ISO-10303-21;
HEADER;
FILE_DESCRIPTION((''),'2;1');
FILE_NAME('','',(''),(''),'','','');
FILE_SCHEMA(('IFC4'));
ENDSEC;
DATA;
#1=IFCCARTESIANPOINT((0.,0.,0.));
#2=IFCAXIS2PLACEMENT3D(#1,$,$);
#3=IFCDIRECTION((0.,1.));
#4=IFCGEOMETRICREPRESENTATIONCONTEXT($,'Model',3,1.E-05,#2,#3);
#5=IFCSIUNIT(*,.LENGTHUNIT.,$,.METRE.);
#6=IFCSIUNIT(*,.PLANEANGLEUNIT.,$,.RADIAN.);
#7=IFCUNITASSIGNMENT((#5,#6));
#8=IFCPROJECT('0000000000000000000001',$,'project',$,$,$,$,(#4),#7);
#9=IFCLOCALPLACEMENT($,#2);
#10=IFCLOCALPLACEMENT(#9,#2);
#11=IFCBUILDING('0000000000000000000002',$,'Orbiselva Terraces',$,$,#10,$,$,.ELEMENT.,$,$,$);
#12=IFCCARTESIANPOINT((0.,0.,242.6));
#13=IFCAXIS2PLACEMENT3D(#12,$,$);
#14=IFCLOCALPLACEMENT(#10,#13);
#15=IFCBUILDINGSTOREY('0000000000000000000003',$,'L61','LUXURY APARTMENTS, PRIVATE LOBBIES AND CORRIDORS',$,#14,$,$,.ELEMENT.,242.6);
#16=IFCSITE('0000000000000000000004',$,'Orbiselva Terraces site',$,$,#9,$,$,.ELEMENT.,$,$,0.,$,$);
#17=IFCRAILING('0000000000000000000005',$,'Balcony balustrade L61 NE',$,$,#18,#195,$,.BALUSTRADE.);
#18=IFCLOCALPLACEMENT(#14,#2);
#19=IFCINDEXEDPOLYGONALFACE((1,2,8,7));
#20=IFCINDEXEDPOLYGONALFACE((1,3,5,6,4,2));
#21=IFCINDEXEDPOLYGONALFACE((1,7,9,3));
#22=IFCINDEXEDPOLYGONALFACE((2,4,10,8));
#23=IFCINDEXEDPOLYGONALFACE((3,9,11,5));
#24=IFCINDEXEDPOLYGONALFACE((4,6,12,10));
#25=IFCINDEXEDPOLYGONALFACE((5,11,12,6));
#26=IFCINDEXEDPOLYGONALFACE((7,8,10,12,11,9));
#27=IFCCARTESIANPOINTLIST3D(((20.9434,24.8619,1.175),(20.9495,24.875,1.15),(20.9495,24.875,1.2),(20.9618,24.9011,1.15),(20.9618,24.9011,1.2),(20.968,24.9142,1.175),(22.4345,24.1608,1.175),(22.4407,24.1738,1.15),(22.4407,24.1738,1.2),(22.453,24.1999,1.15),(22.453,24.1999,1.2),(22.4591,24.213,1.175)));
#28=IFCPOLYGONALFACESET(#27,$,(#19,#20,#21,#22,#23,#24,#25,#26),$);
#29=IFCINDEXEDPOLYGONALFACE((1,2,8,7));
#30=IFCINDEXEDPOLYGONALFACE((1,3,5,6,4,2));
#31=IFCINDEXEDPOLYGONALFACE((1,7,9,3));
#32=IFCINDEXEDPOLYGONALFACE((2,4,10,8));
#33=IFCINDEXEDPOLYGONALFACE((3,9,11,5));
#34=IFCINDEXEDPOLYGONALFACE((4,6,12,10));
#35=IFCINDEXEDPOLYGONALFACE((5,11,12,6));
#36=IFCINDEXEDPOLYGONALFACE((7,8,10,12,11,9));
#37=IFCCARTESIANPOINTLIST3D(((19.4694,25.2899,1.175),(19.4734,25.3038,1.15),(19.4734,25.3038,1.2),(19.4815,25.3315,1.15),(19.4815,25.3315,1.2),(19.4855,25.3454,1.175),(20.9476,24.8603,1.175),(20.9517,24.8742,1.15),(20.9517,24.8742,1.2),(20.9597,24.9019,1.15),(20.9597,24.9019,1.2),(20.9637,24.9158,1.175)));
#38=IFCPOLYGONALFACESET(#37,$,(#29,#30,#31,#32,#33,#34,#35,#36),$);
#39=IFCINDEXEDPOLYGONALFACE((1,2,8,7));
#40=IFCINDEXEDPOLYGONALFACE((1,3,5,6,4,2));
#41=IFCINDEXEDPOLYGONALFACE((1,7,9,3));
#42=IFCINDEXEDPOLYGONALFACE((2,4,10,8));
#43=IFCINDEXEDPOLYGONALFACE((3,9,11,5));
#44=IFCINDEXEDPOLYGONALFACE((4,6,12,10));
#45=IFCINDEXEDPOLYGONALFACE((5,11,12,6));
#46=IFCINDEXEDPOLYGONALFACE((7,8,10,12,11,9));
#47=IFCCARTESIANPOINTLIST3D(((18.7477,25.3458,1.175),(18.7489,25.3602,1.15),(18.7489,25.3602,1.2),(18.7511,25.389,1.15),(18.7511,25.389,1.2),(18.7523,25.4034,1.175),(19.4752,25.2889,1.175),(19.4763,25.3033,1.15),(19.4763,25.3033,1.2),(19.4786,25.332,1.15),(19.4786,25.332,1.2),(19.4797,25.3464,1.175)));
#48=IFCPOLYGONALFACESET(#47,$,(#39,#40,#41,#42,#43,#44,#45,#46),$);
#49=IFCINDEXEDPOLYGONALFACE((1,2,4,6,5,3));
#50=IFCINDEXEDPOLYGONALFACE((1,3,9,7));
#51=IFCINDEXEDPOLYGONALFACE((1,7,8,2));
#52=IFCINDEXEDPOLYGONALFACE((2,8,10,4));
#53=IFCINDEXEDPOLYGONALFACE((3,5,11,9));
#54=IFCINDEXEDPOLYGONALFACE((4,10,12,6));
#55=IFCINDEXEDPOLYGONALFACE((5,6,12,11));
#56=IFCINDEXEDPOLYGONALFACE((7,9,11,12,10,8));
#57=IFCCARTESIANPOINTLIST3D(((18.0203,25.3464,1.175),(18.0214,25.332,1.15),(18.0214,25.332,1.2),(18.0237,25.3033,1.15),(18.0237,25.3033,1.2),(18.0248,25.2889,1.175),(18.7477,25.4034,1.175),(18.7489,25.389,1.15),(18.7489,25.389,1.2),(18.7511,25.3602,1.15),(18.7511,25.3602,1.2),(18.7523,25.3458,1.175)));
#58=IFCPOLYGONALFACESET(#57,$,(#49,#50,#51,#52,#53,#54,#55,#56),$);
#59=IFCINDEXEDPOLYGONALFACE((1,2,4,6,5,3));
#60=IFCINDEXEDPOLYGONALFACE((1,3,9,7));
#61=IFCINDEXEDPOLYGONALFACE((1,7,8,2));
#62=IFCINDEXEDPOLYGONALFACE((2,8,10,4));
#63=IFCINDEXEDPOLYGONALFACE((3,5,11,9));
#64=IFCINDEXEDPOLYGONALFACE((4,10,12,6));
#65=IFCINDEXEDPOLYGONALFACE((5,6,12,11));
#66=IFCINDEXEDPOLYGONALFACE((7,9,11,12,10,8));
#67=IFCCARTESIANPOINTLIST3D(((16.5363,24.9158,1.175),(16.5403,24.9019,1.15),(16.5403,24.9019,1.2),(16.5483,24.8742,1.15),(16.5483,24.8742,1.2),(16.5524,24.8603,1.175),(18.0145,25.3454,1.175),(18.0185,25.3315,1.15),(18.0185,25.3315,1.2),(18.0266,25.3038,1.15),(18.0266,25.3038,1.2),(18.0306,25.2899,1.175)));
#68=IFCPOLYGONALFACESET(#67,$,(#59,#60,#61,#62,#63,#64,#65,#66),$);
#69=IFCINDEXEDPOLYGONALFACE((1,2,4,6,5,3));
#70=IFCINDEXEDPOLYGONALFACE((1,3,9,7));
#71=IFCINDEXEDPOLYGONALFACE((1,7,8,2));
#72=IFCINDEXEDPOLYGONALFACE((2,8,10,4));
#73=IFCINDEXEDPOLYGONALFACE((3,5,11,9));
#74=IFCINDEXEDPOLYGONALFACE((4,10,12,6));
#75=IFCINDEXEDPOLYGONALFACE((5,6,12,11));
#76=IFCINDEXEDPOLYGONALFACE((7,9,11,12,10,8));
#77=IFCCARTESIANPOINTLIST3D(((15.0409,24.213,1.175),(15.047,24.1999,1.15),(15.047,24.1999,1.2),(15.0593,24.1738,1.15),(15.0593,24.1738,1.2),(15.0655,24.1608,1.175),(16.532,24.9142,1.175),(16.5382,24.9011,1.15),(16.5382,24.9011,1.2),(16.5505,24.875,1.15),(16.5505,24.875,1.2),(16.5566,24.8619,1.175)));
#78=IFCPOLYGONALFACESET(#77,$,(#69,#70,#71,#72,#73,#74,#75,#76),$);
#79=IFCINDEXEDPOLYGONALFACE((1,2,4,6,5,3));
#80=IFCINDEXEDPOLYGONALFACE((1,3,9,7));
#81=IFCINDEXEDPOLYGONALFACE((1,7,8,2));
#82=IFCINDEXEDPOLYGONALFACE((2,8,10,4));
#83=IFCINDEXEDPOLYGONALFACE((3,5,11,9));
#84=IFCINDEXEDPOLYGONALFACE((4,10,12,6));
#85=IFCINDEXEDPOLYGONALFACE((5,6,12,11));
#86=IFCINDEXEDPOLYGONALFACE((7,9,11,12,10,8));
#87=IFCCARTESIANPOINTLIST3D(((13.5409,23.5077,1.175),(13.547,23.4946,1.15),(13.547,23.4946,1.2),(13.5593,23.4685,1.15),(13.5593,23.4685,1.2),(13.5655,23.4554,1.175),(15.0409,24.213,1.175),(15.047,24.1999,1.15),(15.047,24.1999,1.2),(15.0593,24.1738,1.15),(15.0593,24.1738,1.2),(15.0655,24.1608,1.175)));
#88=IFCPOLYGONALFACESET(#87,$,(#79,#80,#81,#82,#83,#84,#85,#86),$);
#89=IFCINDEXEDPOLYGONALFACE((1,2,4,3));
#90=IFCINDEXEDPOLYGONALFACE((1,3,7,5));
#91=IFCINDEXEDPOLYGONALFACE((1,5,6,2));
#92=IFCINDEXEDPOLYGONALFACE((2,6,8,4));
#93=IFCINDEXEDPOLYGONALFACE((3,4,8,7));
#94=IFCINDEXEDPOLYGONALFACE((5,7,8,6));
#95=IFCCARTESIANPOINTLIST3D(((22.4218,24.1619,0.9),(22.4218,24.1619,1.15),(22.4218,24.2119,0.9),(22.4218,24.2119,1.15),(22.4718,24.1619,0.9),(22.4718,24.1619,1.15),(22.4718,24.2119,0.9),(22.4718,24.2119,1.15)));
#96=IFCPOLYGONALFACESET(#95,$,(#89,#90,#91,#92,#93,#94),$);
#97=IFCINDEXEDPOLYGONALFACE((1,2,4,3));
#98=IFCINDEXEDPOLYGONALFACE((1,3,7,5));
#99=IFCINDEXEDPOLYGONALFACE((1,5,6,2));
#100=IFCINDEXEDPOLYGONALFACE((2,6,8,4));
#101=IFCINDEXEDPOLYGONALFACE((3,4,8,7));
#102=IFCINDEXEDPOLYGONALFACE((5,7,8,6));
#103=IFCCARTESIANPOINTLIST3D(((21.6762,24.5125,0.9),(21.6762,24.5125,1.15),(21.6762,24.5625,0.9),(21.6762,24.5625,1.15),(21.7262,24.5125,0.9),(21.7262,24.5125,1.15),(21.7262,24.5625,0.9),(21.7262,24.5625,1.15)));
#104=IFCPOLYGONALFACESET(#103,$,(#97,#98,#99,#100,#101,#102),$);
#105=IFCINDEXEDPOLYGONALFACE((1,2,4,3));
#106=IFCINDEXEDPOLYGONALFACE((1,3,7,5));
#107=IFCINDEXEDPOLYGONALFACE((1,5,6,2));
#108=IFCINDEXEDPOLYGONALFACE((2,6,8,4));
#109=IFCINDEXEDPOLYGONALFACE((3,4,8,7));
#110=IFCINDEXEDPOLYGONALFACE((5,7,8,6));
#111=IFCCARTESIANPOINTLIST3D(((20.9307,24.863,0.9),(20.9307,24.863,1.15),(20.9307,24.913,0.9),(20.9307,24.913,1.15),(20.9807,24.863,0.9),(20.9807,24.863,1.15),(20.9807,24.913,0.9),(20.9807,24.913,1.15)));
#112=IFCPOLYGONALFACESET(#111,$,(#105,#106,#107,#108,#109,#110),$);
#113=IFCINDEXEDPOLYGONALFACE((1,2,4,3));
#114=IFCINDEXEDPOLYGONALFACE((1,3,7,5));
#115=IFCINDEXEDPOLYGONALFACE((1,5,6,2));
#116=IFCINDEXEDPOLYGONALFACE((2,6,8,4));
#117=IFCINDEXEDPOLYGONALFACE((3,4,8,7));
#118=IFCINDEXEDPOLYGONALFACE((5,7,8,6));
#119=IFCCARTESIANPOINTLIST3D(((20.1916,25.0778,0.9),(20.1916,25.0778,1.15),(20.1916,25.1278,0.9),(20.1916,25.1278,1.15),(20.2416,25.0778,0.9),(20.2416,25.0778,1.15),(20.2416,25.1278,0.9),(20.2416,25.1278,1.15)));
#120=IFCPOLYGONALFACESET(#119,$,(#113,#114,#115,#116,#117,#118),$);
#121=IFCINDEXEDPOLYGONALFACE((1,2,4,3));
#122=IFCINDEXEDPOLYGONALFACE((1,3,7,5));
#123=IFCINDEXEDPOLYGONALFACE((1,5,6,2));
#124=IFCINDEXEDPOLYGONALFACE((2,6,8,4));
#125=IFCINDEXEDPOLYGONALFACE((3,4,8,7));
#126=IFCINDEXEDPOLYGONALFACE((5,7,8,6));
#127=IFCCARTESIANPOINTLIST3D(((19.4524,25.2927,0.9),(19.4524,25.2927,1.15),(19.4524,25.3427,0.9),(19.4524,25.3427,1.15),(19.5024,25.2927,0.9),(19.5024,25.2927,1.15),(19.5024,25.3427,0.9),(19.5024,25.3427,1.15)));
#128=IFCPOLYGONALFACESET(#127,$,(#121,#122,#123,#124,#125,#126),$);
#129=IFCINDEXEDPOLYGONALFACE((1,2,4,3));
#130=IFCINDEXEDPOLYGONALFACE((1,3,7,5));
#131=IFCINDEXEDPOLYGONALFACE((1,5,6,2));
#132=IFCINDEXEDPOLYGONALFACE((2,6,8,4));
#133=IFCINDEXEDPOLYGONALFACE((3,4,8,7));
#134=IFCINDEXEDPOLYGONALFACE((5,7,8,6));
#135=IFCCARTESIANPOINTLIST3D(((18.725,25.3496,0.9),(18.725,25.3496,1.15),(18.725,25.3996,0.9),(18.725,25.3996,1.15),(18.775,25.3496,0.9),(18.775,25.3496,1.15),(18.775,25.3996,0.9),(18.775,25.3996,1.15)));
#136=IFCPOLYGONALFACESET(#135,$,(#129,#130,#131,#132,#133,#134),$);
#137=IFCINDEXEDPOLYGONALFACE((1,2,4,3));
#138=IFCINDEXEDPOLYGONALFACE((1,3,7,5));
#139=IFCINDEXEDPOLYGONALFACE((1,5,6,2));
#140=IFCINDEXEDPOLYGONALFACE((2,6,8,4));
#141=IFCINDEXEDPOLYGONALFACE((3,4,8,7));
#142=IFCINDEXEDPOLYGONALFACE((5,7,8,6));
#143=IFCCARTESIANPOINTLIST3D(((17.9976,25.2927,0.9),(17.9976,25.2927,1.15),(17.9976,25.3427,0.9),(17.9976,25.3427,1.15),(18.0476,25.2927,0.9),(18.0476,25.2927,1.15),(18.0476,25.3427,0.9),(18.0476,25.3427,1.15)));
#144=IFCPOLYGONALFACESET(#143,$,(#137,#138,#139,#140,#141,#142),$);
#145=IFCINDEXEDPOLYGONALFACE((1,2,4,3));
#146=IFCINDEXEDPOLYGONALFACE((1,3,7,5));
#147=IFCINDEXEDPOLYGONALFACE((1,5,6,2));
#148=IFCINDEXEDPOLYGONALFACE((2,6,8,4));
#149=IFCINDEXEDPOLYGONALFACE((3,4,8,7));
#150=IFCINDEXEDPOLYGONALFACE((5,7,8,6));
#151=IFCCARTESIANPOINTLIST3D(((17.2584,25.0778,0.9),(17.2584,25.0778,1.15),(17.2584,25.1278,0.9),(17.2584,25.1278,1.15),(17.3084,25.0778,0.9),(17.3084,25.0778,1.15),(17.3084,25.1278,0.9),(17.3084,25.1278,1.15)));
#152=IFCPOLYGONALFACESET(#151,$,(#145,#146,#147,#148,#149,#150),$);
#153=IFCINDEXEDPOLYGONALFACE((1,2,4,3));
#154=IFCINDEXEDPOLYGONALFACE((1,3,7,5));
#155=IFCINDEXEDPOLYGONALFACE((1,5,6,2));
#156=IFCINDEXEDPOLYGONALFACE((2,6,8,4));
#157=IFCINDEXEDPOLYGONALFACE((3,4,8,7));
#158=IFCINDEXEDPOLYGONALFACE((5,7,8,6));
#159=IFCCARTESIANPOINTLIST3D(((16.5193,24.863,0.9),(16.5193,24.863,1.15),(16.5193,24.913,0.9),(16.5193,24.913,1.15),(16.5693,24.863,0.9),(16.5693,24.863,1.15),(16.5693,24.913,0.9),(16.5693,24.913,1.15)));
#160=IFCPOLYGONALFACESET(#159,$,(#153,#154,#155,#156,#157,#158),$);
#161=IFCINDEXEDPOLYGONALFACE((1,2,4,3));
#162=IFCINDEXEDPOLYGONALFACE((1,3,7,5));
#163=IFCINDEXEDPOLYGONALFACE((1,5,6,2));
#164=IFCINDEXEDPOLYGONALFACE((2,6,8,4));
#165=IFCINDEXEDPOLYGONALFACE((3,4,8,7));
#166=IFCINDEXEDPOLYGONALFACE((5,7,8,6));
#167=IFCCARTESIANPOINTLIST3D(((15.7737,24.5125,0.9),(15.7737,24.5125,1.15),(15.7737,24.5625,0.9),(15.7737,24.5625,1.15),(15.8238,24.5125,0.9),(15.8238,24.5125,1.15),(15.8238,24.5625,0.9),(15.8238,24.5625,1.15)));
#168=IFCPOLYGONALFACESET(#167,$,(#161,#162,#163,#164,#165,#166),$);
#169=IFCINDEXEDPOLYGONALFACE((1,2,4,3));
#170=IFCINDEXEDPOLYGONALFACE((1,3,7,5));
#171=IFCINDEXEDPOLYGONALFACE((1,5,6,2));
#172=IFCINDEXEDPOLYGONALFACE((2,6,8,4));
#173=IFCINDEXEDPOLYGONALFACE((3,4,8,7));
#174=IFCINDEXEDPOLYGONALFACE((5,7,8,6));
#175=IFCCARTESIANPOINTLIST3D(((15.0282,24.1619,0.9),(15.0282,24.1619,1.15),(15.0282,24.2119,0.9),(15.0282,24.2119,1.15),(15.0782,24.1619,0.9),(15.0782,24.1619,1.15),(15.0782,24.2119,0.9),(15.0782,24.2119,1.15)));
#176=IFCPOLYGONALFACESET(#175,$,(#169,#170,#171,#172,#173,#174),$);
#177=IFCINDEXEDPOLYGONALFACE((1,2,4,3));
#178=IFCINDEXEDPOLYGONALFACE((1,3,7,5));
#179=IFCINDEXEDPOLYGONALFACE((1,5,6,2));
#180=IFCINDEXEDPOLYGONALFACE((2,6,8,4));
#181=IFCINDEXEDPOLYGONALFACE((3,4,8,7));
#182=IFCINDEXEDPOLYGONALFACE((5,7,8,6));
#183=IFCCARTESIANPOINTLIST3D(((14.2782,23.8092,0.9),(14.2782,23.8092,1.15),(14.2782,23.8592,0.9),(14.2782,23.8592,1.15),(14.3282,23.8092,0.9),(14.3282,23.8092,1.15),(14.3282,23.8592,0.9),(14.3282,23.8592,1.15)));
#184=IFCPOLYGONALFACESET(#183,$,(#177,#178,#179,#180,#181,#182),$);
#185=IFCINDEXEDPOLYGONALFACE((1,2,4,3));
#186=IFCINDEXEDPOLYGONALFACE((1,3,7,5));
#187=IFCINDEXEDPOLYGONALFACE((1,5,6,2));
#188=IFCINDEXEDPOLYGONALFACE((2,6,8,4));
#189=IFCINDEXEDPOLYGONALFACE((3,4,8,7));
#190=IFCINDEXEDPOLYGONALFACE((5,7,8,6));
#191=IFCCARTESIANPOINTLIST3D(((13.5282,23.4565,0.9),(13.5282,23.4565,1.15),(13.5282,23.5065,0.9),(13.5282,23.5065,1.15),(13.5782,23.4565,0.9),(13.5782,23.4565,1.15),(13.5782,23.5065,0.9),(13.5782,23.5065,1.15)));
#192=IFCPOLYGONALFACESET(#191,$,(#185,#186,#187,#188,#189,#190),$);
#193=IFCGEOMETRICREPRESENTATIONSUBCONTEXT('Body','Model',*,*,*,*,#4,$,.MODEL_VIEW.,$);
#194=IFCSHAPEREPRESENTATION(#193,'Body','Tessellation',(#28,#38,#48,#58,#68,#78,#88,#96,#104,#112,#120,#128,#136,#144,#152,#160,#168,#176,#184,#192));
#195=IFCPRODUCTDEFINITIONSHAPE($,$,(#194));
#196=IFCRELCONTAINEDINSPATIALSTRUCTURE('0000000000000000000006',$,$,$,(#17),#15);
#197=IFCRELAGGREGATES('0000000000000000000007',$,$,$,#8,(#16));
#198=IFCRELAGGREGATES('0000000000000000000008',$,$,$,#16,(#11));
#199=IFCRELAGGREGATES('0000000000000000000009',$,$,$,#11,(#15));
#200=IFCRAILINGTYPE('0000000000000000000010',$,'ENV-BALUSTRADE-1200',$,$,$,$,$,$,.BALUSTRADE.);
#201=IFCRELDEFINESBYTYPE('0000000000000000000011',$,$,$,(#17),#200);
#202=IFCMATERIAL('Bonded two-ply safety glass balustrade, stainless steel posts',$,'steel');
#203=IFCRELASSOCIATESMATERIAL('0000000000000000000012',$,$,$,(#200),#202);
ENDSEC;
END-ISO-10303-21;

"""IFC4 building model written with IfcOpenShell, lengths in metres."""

from ifc_helpers import new_model, si_unit, direction, frame, origin, origin_2d, place, context, subcontext, project, spatial, polyline, rectangle, outline, extrude, material, type_object, element, save


model = new_model("IFC4")

# Units and contexts
model_context = context("Model", 3, precision=1e-05, world=origin(), true_north=direction((0.0, 1.0)))
body_context = subcontext(model_context, "Body", "Model", "MODEL_VIEW")
ifc_project = project(units=[si_unit("LENGTHUNIT", "METRE"), si_unit("PLANEANGLEUNIT", "RADIAN")], contexts=[model_context])

# Site, building, storey
site_placement = place(None, origin())
site = spatial("IfcSite", under=ifc_project, at=site_placement, Name="Orbiselva Terraces site", CompositionType="ELEMENT", RefElevation=0.0)
building_placement = place(site_placement, origin())
building = spatial("IfcBuilding", under=site, at=building_placement, Name="Orbiselva Terraces", CompositionType="ELEMENT")
storey_placement = place(building_placement, frame((0.0, 0.0, 242.6)))
storey = spatial("IfcBuildingStorey", under=building, at=storey_placement, Name="L61", Description="LUXURY APARTMENTS, PRIVATE LOBBIES AND CORRIDORS", CompositionType="ELEMENT", Elevation=242.6)

# Railing
ifc_material_1 = material(Name="Bonded two-ply safety glass balustrade, stainless steel posts", Category="steel")
railing_type_1 = type_object("IfcRailingType", Name="ENV-BALUSTRADE-1200", PredefinedType="BALUSTRADE", material=ifc_material_1)
railing_1_placement = place(storey_placement, frame((22.4468, 24.1869, 0.9)))
element("IfcRailing", 1, at=railing_1_placement, inside=storey, type_object=railing_type_1, Name="Balcony balustrade L61 NE", PredefinedType="BALUSTRADE", context=body_context, shape_type="SweptSolid", body=[
    extrude(outline(polyline([(0.0289, 0.0), (0.0144, 0.025), (-0.0144, 0.025), (-0.0289, 0.0), (-0.0144, -0.025), (0.0144, -0.025), (0.0289, 0.0)])), frame((0.0, 0.0, 0.275), z_axis=(-0.904944, 0.42553, 0.0), x_axis=(-0.42553, -0.904944, 0.0)), (0.0, 0.0, 1.0), 1.6477),
    extrude(outline(polyline([(0.0289, 0.0), (0.0144, 0.025), (-0.0144, 0.025), (-0.0289, 0.0), (-0.0144, -0.025), (0.0144, -0.025), (0.0289, 0.0)])), frame((-1.4911, 0.7012, 0.275), z_axis=(-0.96027, 0.279072, 0.0), x_axis=(-0.279072, -0.96027, 0.0)), (0.0, 0.0, 1.0), 1.5394),
    extrude(outline(polyline([(0.0289, 0.0), (0.0144, 0.025), (-0.0144, 0.025), (-0.0289, 0.0), (-0.0144, -0.025), (0.0144, -0.025), (0.0289, 0.0)])), frame((-2.9694, 1.1308, 0.275), z_axis=(-0.996948, 0.07807, 0.0), x_axis=(-0.07807, -0.996948, 0.0)), (0.0, 0.0, 1.0), 0.7297),
    extrude(outline(polyline([(0.0289, 0.0), (0.0144, 0.025), (-0.0144, 0.025), (-0.0289, 0.0), (-0.0144, -0.025), (0.0144, -0.025), (0.0289, 0.0)])), frame((-3.6968, 1.1877, 0.275), z_axis=(-0.996948, -0.07807, 0.0), x_axis=(0.07807, -0.996948, 0.0)), (0.0, 0.0, 1.0), 0.7297),
    extrude(outline(polyline([(0.0289, 0.0), (0.0144, 0.025), (-0.0144, 0.025), (-0.0289, 0.0), (-0.0144, -0.025), (0.0144, -0.025), (0.0289, 0.0)])), frame((-4.4243, 1.1308, 0.275), z_axis=(-0.96027, -0.279072, 0.0), x_axis=(0.279072, -0.96027, 0.0)), (0.0, 0.0, 1.0), 1.5394),
    extrude(outline(polyline([(0.0289, 0.0), (0.0144, 0.025), (-0.0144, 0.025), (-0.0289, 0.0), (-0.0144, -0.025), (0.0144, -0.025), (0.0289, 0.0)])), frame((-5.9025, 0.7012, 0.275), z_axis=(-0.904944, -0.42553, 0.0), x_axis=(0.42553, -0.904944, 0.0)), (0.0, 0.0, 1.0), 1.6477),
    extrude(outline(polyline([(0.0289, 0.0), (0.0144, 0.025), (-0.0144, 0.025), (-0.0289, 0.0), (-0.0144, -0.025), (0.0144, -0.025), (0.0289, 0.0)])), frame((-7.3936, 0.0, 0.275), z_axis=(-0.904944, -0.42553, 0.0), x_axis=(0.42553, -0.904944, 0.0)), (0.0, 0.0, 1.0), 1.6576),
    extrude(rectangle(XDim=0.05, YDim=0.05, at=origin_2d()), origin(), (0.0, 0.0, 1.0), 0.25),
    extrude(rectangle(XDim=0.05, YDim=0.05, at=origin_2d()), frame((-0.7456, 0.3506, 0.0)), (0.0, 0.0, 1.0), 0.25),
    extrude(rectangle(XDim=0.05, YDim=0.05, at=origin_2d()), frame((-1.4911, 0.7012, 0.0)), (0.0, 0.0, 1.0), 0.25),
    extrude(rectangle(XDim=0.05, YDim=0.05, at=origin_2d()), frame((-2.2302, 0.916, 0.0)), (0.0, 0.0, 1.0), 0.25),
    extrude(rectangle(XDim=0.05, YDim=0.05, at=origin_2d()), frame((-2.9694, 1.1308, 0.0)), (0.0, 0.0, 1.0), 0.25),
    extrude(rectangle(XDim=0.05, YDim=0.05, at=origin_2d()), frame((-3.6968, 1.1877, 0.0)), (0.0, 0.0, 1.0), 0.25),
    extrude(rectangle(XDim=0.05, YDim=0.05, at=origin_2d()), frame((-4.4243, 1.1308, 0.0)), (0.0, 0.0, 1.0), 0.25),
    extrude(rectangle(XDim=0.05, YDim=0.05, at=origin_2d()), frame((-5.1634, 0.916, 0.0)), (0.0, 0.0, 1.0), 0.25),
    extrude(rectangle(XDim=0.05, YDim=0.05, at=origin_2d()), frame((-5.9025, 0.7012, 0.0)), (0.0, 0.0, 1.0), 0.25),
    extrude(rectangle(XDim=0.05, YDim=0.05, at=origin_2d()), frame((-6.6481, 0.3506, 0.0)), (0.0, 0.0, 1.0), 0.25),
    extrude(rectangle(XDim=0.05, YDim=0.05, at=origin_2d()), frame((-7.3936, 0.0, 0.0)), (0.0, 0.0, 1.0), 0.25),
    extrude(rectangle(XDim=0.05, YDim=0.05, at=origin_2d()), frame((-8.1436, -0.3527, 0.0)), (0.0, 0.0, 1.0), 0.25),
    extrude(rectangle(XDim=0.05, YDim=0.05, at=origin_2d()), frame((-8.8936, -0.7053, 0.0)), (0.0, 0.0, 1.0), 0.25),
])

save(model, "model.ifc")
